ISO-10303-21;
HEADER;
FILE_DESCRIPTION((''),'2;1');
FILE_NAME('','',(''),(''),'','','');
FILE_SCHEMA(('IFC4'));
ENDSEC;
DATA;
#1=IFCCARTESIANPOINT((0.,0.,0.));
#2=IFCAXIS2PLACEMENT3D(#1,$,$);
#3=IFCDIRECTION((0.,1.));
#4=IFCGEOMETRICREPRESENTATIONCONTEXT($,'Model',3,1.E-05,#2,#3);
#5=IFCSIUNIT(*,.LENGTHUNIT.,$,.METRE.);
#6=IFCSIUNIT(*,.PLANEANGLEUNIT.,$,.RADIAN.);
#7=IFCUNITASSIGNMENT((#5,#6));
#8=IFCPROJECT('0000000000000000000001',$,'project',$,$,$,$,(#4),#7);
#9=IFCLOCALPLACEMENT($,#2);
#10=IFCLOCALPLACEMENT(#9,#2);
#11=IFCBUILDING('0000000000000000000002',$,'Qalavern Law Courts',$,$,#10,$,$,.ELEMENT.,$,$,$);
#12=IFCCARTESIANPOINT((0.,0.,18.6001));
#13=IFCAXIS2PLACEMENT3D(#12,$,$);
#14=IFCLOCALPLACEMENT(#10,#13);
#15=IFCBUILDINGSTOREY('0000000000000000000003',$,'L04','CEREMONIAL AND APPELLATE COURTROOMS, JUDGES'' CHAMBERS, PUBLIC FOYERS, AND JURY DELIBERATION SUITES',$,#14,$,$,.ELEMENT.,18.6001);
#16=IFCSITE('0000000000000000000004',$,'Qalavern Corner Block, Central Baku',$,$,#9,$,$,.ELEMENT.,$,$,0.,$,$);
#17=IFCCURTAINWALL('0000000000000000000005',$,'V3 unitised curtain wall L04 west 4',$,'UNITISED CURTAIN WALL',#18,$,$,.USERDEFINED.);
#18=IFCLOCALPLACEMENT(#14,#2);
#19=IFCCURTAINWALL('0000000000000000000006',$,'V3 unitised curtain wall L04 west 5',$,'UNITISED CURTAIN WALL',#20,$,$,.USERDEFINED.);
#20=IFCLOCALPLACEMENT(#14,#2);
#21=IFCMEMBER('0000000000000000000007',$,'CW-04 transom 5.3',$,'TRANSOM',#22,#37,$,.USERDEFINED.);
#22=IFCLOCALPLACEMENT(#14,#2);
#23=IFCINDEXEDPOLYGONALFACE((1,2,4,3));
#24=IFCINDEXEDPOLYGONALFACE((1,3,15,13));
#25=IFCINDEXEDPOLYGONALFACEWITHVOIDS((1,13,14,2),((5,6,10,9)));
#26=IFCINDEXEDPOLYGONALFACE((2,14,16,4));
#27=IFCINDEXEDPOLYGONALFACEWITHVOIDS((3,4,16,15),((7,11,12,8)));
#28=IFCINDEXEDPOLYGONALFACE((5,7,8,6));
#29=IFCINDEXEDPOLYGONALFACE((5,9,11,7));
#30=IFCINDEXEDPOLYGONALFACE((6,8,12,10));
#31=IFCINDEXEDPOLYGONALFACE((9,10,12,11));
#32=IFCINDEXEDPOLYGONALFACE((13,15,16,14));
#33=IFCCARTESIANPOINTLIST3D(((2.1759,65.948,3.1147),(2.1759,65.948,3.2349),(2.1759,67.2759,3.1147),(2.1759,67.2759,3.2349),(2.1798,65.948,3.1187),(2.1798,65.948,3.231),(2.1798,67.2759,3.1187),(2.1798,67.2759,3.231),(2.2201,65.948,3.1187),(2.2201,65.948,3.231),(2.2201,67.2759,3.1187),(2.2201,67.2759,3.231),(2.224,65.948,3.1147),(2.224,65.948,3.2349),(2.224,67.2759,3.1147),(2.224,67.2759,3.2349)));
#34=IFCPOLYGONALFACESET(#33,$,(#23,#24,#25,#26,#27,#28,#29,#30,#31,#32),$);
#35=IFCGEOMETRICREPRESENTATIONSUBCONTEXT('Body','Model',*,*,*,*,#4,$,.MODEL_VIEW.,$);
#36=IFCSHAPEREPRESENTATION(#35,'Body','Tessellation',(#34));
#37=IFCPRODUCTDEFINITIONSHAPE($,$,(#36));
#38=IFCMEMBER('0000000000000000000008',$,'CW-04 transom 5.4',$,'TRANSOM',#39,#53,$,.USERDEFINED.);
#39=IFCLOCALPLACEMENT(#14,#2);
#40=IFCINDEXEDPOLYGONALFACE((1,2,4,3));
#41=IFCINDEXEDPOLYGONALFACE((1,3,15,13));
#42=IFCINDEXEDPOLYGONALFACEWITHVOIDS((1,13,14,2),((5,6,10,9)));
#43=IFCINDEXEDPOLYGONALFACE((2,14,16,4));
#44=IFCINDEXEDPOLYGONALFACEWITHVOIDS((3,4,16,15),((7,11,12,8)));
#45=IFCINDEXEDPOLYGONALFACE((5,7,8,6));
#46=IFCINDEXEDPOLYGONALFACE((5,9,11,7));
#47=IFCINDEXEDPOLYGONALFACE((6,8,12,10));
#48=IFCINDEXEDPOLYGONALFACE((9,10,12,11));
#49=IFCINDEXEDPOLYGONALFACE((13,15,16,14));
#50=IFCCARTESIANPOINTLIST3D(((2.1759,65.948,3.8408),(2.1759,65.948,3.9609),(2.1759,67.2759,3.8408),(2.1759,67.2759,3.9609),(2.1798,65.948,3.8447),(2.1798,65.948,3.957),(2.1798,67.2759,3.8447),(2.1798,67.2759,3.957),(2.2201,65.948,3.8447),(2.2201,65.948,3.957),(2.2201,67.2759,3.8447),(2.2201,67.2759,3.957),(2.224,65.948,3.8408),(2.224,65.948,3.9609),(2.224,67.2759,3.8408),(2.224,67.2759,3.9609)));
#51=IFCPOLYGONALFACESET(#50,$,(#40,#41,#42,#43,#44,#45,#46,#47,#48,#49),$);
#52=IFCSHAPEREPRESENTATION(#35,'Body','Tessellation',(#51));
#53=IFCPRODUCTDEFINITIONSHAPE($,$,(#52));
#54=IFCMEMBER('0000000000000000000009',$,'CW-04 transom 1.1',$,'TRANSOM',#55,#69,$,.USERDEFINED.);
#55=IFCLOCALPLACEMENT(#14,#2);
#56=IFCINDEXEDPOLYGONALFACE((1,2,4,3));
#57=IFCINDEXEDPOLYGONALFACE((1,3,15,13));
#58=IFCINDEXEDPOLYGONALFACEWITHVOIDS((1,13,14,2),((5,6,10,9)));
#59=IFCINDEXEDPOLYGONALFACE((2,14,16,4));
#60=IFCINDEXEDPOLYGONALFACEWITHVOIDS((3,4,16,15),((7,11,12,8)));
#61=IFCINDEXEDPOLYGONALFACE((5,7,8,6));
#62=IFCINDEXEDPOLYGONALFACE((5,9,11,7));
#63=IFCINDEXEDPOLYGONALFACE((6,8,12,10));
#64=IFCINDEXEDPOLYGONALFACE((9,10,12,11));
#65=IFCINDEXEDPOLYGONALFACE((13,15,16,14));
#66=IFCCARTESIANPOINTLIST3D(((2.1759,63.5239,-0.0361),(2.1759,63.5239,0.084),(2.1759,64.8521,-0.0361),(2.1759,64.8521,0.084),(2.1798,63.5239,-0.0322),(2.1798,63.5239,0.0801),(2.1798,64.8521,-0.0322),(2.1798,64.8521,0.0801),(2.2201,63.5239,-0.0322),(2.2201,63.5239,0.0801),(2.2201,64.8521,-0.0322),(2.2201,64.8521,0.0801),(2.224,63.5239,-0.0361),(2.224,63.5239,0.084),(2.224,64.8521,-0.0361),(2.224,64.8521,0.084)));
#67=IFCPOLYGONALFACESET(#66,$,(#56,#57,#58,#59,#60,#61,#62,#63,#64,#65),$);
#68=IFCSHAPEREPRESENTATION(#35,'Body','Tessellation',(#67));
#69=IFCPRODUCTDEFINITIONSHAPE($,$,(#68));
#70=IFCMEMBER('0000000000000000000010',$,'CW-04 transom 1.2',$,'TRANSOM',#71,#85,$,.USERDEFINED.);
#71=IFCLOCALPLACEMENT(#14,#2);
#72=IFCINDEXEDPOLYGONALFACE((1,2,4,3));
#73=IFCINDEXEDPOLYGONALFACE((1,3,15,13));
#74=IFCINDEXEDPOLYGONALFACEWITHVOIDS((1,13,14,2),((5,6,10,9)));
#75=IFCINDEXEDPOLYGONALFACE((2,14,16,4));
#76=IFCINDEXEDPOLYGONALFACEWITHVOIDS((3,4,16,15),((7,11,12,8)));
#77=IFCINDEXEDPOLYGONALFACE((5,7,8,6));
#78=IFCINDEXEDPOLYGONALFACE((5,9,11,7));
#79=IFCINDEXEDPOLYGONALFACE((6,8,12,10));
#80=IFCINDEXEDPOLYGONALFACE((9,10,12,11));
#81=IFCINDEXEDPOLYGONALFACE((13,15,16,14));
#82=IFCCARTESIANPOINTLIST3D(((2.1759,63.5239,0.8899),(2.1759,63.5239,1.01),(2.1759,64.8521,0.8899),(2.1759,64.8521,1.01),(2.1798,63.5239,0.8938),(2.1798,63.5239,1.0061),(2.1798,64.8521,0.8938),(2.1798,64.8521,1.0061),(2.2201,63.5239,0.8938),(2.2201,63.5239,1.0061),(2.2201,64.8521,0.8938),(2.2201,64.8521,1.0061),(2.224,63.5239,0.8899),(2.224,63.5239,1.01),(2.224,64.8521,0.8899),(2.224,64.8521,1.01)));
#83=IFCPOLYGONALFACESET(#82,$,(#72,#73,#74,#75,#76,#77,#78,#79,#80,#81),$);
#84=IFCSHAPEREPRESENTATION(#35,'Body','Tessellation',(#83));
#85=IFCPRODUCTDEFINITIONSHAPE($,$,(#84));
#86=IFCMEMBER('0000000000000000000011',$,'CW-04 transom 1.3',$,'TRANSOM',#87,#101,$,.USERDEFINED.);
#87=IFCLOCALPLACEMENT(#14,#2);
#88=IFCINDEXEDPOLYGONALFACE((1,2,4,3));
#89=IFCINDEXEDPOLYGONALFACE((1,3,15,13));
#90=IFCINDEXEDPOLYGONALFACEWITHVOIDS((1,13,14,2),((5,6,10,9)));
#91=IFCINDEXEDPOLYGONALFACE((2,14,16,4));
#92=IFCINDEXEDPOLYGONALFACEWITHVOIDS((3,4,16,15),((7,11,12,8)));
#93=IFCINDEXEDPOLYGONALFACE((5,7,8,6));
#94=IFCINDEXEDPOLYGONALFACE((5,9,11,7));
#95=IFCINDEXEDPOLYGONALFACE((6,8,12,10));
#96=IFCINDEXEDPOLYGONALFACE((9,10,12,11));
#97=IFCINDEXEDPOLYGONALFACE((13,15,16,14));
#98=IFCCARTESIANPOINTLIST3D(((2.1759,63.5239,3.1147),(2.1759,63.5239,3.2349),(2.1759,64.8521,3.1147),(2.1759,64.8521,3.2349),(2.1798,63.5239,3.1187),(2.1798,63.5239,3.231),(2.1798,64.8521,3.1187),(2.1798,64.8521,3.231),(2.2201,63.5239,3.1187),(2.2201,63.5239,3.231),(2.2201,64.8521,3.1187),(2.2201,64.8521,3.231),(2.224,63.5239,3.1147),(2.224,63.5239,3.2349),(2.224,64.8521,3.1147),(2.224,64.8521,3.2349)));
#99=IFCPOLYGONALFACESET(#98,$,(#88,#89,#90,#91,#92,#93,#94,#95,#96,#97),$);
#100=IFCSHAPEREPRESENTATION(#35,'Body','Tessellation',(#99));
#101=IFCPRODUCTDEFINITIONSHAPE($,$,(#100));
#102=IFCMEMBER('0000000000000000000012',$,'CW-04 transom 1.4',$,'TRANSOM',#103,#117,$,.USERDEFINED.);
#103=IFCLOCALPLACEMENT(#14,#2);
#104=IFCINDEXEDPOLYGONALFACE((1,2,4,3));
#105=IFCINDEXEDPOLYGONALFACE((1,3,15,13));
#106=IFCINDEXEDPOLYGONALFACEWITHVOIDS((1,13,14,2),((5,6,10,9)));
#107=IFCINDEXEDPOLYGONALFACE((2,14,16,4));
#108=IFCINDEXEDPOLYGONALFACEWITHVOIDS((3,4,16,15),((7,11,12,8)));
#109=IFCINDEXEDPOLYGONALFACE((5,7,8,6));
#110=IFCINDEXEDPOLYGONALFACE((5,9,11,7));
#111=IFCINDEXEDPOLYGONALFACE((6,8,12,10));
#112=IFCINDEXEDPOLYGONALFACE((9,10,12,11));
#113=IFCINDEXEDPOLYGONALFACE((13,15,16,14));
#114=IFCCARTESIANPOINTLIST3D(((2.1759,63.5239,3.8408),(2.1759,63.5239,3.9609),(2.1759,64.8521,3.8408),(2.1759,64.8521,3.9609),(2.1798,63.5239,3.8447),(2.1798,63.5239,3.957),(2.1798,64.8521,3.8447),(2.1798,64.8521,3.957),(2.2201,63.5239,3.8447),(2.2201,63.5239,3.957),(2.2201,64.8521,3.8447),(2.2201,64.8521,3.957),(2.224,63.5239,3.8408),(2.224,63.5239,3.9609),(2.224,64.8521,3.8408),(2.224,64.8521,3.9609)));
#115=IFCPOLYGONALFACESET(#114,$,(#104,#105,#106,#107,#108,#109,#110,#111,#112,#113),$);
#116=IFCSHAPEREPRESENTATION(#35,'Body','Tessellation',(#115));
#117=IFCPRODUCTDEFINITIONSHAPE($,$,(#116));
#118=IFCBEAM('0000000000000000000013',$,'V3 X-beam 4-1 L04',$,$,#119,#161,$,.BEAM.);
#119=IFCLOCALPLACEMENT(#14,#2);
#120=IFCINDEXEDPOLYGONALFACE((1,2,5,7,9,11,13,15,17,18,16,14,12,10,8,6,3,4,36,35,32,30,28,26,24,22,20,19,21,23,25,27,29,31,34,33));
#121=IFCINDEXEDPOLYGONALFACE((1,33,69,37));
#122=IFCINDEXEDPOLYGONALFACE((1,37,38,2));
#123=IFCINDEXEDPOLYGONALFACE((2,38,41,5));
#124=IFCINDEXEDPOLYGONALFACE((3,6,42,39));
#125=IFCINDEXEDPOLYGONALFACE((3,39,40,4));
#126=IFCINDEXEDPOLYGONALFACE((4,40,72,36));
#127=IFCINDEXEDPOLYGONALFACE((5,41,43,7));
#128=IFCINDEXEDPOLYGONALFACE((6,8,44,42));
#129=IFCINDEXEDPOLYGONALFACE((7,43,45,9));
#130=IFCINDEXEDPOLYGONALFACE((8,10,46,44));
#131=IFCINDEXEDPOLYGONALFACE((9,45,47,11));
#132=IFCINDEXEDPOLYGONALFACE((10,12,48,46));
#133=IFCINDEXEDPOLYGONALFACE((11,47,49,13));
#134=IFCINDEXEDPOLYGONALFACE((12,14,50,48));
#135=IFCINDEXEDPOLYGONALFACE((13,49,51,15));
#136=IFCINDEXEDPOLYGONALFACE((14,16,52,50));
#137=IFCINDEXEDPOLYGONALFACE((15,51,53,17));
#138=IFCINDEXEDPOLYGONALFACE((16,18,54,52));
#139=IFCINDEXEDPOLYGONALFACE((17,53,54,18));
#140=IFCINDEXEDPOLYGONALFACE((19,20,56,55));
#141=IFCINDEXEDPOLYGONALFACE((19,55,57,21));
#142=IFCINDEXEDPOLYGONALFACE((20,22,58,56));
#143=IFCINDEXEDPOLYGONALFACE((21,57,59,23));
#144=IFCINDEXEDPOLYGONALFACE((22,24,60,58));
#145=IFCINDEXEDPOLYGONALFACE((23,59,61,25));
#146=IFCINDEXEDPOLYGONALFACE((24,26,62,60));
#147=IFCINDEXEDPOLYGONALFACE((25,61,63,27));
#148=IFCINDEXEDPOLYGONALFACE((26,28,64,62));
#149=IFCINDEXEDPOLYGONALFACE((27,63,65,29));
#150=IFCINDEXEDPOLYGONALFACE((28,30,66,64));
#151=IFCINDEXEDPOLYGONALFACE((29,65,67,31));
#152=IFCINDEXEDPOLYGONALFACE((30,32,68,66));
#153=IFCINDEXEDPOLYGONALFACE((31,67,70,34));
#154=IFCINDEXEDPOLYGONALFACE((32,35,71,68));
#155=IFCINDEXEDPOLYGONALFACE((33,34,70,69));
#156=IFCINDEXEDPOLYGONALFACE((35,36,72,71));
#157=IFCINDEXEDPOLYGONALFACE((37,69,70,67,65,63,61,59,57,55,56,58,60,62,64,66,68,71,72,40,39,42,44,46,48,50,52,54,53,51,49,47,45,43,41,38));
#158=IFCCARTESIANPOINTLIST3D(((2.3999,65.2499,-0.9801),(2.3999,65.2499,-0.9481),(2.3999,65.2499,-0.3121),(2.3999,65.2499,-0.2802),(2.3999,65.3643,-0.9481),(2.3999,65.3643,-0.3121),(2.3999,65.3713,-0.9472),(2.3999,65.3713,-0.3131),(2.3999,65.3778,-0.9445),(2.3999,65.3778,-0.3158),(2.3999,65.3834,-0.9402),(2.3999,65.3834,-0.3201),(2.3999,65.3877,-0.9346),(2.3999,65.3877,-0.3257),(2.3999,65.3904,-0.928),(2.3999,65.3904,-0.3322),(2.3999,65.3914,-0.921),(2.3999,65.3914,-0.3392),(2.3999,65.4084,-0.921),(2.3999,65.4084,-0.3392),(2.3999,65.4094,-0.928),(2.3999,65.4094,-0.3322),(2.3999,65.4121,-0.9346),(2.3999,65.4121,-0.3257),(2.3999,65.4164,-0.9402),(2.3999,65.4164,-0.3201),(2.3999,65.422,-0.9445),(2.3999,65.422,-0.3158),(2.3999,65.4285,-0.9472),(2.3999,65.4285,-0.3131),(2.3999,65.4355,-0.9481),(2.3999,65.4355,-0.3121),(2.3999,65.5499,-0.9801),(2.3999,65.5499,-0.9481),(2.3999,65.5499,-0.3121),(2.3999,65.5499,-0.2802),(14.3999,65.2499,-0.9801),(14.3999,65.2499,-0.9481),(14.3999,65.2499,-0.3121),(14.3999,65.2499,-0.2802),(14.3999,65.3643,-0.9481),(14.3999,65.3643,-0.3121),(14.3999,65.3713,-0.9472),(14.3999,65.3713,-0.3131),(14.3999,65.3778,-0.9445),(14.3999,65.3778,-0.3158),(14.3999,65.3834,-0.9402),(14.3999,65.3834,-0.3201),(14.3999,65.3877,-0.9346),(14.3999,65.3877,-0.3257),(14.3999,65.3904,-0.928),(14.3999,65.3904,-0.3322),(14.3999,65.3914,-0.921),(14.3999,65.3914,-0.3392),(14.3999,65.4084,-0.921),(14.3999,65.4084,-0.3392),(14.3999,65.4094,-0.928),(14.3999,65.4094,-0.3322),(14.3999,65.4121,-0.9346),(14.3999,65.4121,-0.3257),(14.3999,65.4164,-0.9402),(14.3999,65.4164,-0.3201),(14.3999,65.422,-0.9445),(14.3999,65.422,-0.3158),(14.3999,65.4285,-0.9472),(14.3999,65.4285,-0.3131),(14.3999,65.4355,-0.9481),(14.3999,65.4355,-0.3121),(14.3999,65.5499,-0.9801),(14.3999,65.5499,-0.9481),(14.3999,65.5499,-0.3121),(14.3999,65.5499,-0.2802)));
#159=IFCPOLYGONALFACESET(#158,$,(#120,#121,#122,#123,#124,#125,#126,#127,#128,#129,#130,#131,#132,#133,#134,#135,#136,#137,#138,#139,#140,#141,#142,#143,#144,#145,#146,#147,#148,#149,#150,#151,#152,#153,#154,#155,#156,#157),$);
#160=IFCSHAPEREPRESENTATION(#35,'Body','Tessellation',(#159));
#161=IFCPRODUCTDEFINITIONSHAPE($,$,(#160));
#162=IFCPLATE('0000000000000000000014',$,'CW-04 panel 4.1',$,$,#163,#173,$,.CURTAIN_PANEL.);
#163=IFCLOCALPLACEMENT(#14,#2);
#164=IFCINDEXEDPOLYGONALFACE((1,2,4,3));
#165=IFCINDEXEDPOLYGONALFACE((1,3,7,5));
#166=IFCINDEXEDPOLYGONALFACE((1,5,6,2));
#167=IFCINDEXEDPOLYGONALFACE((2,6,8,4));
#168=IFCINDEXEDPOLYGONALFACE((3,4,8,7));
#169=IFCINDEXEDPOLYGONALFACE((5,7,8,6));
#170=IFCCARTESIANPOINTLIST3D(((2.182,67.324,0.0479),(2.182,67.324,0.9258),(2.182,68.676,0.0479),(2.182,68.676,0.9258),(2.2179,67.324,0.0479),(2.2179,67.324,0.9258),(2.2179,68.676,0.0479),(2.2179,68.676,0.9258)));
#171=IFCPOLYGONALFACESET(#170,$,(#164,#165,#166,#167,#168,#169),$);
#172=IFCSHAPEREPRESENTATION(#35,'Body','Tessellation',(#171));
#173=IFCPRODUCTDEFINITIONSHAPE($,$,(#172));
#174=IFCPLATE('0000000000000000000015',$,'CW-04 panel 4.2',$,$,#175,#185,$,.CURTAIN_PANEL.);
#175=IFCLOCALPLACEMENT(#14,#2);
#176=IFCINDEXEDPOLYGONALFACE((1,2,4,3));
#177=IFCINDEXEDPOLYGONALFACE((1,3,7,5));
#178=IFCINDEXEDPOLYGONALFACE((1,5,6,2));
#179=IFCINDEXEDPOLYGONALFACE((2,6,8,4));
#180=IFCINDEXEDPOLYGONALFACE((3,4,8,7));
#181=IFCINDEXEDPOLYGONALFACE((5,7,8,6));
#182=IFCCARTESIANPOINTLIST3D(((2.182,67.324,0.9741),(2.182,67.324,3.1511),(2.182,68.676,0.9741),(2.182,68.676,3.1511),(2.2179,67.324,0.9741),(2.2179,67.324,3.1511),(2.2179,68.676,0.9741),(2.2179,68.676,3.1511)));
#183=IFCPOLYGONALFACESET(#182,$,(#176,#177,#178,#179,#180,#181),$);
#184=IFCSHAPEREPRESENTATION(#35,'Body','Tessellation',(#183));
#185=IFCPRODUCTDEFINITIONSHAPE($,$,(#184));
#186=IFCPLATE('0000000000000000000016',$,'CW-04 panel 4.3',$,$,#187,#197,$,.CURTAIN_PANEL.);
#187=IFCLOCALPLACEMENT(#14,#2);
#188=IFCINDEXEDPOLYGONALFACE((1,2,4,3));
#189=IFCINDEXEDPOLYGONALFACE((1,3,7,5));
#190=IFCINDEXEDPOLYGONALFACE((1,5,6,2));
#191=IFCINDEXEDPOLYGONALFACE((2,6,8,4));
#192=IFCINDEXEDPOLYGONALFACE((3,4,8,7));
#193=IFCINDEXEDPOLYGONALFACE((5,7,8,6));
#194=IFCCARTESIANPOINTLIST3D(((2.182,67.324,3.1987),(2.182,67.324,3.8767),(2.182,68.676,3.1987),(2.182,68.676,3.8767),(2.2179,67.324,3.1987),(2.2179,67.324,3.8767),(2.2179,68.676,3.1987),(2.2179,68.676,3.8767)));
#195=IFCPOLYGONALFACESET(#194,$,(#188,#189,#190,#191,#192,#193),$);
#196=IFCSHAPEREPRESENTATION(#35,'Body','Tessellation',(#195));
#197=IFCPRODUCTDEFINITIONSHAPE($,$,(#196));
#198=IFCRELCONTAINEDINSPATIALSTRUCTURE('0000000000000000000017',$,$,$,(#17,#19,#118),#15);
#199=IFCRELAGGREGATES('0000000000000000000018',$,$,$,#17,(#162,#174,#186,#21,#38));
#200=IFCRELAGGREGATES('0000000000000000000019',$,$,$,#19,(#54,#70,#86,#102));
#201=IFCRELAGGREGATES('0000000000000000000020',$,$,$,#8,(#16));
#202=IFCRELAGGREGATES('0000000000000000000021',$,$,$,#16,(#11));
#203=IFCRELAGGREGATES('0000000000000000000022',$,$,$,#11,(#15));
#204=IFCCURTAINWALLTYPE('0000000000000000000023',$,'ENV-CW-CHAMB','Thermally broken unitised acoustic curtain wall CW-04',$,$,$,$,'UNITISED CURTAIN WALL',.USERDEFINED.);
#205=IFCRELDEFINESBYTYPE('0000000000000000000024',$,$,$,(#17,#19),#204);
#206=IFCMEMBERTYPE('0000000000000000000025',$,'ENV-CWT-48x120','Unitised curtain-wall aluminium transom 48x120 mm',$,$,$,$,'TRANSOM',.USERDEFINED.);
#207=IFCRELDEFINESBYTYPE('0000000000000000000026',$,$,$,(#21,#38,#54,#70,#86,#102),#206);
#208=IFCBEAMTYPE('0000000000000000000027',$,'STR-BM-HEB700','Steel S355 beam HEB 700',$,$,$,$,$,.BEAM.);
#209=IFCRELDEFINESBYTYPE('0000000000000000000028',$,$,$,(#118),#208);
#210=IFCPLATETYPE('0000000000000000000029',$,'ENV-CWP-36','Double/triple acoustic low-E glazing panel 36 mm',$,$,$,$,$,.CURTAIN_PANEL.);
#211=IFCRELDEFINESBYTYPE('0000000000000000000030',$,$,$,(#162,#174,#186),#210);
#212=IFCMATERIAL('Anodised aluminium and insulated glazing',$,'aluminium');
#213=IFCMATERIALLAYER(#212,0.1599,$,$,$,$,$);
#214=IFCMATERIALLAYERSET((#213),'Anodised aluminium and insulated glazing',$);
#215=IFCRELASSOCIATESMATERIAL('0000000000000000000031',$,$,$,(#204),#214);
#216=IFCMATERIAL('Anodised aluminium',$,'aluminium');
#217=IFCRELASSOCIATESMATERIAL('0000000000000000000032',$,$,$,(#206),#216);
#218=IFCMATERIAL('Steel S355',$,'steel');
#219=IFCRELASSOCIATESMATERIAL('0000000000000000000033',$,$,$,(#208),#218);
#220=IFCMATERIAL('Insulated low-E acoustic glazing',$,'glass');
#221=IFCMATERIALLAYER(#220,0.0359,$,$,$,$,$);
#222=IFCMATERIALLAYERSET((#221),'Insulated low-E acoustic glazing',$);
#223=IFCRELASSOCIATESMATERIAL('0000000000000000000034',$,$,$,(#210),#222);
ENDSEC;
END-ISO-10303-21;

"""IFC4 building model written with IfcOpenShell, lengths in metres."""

from ifc_helpers import new_model, si_unit, direction, frame, origin, origin_2d, place, context, subcontext, project, spatial, rectangle, hollow_rectangle, i_section, extrude, material, layer, layer_set, material_profile, profile_set, type_object, element, aggregate, save


model = new_model("IFC4")

# Units and contexts
model_context = context("Model", 3, precision=1e-05, world=origin(), true_north=direction((0.0, 1.0)))
body_context = subcontext(model_context, "Body", "Model", "MODEL_VIEW")
ifc_project = project(units=[si_unit("LENGTHUNIT", "METRE"), si_unit("PLANEANGLEUNIT", "RADIAN")], contexts=[model_context])

# Site, building, storey
site_placement = place(None, origin())
site = spatial("IfcSite", under=ifc_project, at=site_placement, Name="Qalavern Corner Block, Central Baku", CompositionType="ELEMENT", RefElevation=0.0)
building_placement = place(site_placement, origin())
building = spatial("IfcBuilding", under=site, at=building_placement, Name="Qalavern Law Courts", CompositionType="ELEMENT")
storey_placement = place(building_placement, frame((0.0, 0.0, 18.6001)))
storey = spatial("IfcBuildingStorey", under=building, at=storey_placement, Name="L04", Description="CEREMONIAL AND APPELLATE COURTROOMS, JUDGES' CHAMBERS, PUBLIC FOYERS, AND JURY DELIBERATION SUITES", CompositionType="ELEMENT", Elevation=18.6001)

# Curtain wall
ifc_material_1 = material(Name="Anodised aluminium and insulated glazing", Category="aluminium")
ifc_layer_1 = layer(ifc_material_1, 0.1599)
ifc_layer_set_1 = layer_set([ifc_layer_1], Name="Anodised aluminium and insulated glazing")
curtain_wall_type = type_object("IfcCurtainWallType", Name="ENV-CW-CHAMB", Description="Thermally broken unitised acoustic curtain wall CW-04", ElementType="UNITISED CURTAIN WALL", PredefinedType="USERDEFINED", material=ifc_layer_set_1)
curtain_wall_1_placement = place(storey_placement, origin())
curtain_wall_1 = element("IfcCurtainWall", 1, at=curtain_wall_1_placement, inside=storey, type_object=curtain_wall_type, Name="V3 unitised curtain wall L04 west 4", ObjectType="UNITISED CURTAIN WALL", PredefinedType="USERDEFINED")
ifc_material_2 = material(Name="Anodised aluminium", Category="aluminium")

# Curtain wall
curtain_wall_2_placement = place(storey_placement, origin())
curtain_wall_2 = element("IfcCurtainWall", 2, at=curtain_wall_2_placement, inside=storey, type_object=curtain_wall_type, Name="V3 unitised curtain wall L04 west 5", ObjectType="UNITISED CURTAIN WALL", PredefinedType="USERDEFINED")

# Members
ifc_material_profile_1 = material_profile(ifc_material_2, hollow_rectangle(XDim=0.0481, YDim=0.1201, WallThickness=0.0039, at=origin_2d()), Name="ALU TRANSOM 48x120")
ifc_profile_set_1 = profile_set([ifc_material_profile_1], Name="Anodised aluminium")
member_type_1 = type_object("IfcMemberType", Name="ENV-CWT-48x120", Description="Unitised curtain-wall aluminium transom 48x120 mm", ElementType="TRANSOM", PredefinedType="USERDEFINED", material=ifc_profile_set_1)
member_1_placement = place(storey_placement, frame((2.2, 67.2759, 3.1748), z_axis=(0.0, -1.0, 0.0), x_axis=(1.0, 0.0, 0.0)))
member_1 = element("IfcMember", 3, at=member_1_placement, type_object=member_type_1, Name="CW-04 transom 5.3", ObjectType="TRANSOM", PredefinedType="USERDEFINED", context=body_context, shape_type="SweptSolid", body=[
    extrude(hollow_rectangle(XDim=0.0481, YDim=0.1201, WallThickness=0.0039, at=origin_2d()), origin(), (0.0, 0.0, 1.0), 1.3279),
])
member_2_placement = place(storey_placement, frame((2.2, 67.2759, 3.9009), z_axis=(0.0, -1.0, 0.0), x_axis=(1.0, 0.0, 0.0)))
member_2 = element("IfcMember", 4, at=member_2_placement, type_object=member_type_1, Name="CW-04 transom 5.4", ObjectType="TRANSOM", PredefinedType="USERDEFINED", context=body_context, shape_type="SweptSolid", body=[
    extrude(hollow_rectangle(XDim=0.0481, YDim=0.1201, WallThickness=0.0039, at=origin_2d()), origin(), (0.0, 0.0, 1.0), 1.3279),
])
member_3_placement = place(storey_placement, frame((2.2, 64.8521, 0.0239), z_axis=(0.0, -1.0, 0.0), x_axis=(1.0, 0.0, 0.0)))
member_3 = element("IfcMember", 5, at=member_3_placement, type_object=member_type_1, Name="CW-04 transom 1.1", ObjectType="TRANSOM", PredefinedType="USERDEFINED", context=body_context, shape_type="SweptSolid", body=[
    extrude(hollow_rectangle(XDim=0.0481, YDim=0.1201, WallThickness=0.0039, at=origin_2d()), origin(), (0.0, 0.0, 1.0), 1.3281),
])
member_4_placement = place(storey_placement, frame((2.2, 64.8521, 0.95), z_axis=(0.0, -1.0, 0.0), x_axis=(1.0, 0.0, 0.0)))
member_4 = element("IfcMember", 6, at=member_4_placement, type_object=member_type_1, Name="CW-04 transom 1.2", ObjectType="TRANSOM", PredefinedType="USERDEFINED", context=body_context, shape_type="SweptSolid", body=[
    extrude(hollow_rectangle(XDim=0.0481, YDim=0.1201, WallThickness=0.0039, at=origin_2d()), origin(), (0.0, 0.0, 1.0), 1.3281),
])
member_5_placement = place(storey_placement, frame((2.2, 64.8521, 3.1748), z_axis=(0.0, -1.0, 0.0), x_axis=(1.0, 0.0, 0.0)))
member_5 = element("IfcMember", 7, at=member_5_placement, type_object=member_type_1, Name="CW-04 transom 1.3", ObjectType="TRANSOM", PredefinedType="USERDEFINED", context=body_context, shape_type="SweptSolid", body=[
    extrude(hollow_rectangle(XDim=0.0481, YDim=0.1201, WallThickness=0.0039, at=origin_2d()), origin(), (0.0, 0.0, 1.0), 1.3281),
])
member_6_placement = place(storey_placement, frame((2.2, 64.8521, 3.9009), z_axis=(0.0, -1.0, 0.0), x_axis=(1.0, 0.0, 0.0)))
member_6 = element("IfcMember", 8, at=member_6_placement, type_object=member_type_1, Name="CW-04 transom 1.4", ObjectType="TRANSOM", PredefinedType="USERDEFINED", context=body_context, shape_type="SweptSolid", body=[
    extrude(hollow_rectangle(XDim=0.0481, YDim=0.1201, WallThickness=0.0039, at=origin_2d()), origin(), (0.0, 0.0, 1.0), 1.3281),
])

# Beam
ifc_material_3 = material(Name="Steel S355", Category="steel")
ifc_material_profile_2 = material_profile(ifc_material_3, i_section(OverallWidth=0.3, OverallDepth=0.7, WebThickness=0.0171, FlangeThickness=0.032, FilletRadius=0.0271, at=origin_2d()), Name="HEB 700")
ifc_profile_set_2 = profile_set([ifc_material_profile_2], Name="Steel S355")
beam_type = type_object("IfcBeamType", Name="STR-BM-HEB700", Description="Steel S355 beam HEB 700", PredefinedType="BEAM", material=ifc_profile_set_2)
beam_placement = place(storey_placement, frame((2.3999, 65.3999, -0.6301), z_axis=(1.0, 0.0, 0.0), x_axis=(0.0, 1.0, 0.0)))
element("IfcBeam", 9, at=beam_placement, inside=storey, type_object=beam_type, Name="V3 X-beam 4-1 L04", PredefinedType="BEAM", context=body_context, shape_type="SweptSolid", body=[
    extrude(i_section(OverallWidth=0.3, OverallDepth=0.7, WebThickness=0.0171, FlangeThickness=0.032, FilletRadius=0.0271, at=origin_2d()), origin(), (0.0, 0.0, 1.0), 12.0),
])

# Plates
ifc_material_4 = material(Name="Insulated low-E acoustic glazing", Category="glass")
ifc_layer_2 = layer(ifc_material_4, 0.0359)
ifc_layer_set_2 = layer_set([ifc_layer_2], Name="Insulated low-E acoustic glazing")
plate_type_1 = type_object("IfcPlateType", Name="ENV-CWP-36", Description="Double/triple acoustic low-E glazing panel 36 mm", PredefinedType="CURTAIN_PANEL", material=ifc_layer_set_2)
plate_1_placement = place(storey_placement, frame((2.2, 68.0, 0.0479), z_axis=(0.0, 0.0, 1.0), x_axis=(0.0, -1.0, 0.0)))
plate_1 = element("IfcPlate", 10, at=plate_1_placement, type_object=plate_type_1, Name="CW-04 panel 4.1", PredefinedType="CURTAIN_PANEL", context=body_context, shape_type="SweptSolid", body=[
    extrude(rectangle(XDim=1.3521, YDim=0.0359, at=origin_2d()), origin(), (0.0, 0.0, 1.0), 0.8779),
])
plate_2_placement = place(storey_placement, frame((2.2, 68.0, 0.9741), z_axis=(0.0, 0.0, 1.0), x_axis=(0.0, -1.0, 0.0)))
plate_2 = element("IfcPlate", 11, at=plate_2_placement, type_object=plate_type_1, Name="CW-04 panel 4.2", PredefinedType="CURTAIN_PANEL", context=body_context, shape_type="SweptSolid", body=[
    extrude(rectangle(XDim=1.3521, YDim=0.0359, at=origin_2d()), origin(), (0.0, 0.0, 1.0), 2.177),
])
plate_3_placement = place(storey_placement, frame((2.2, 68.0, 3.1987), z_axis=(0.0, 0.0, 1.0), x_axis=(0.0, -1.0, 0.0)))
plate_3 = element("IfcPlate", 12, at=plate_3_placement, type_object=plate_type_1, Name="CW-04 panel 4.3", PredefinedType="CURTAIN_PANEL", context=body_context, shape_type="SweptSolid", body=[
    extrude(rectangle(XDim=1.3521, YDim=0.0359, at=origin_2d()), origin(), (0.0, 0.0, 1.0), 0.678),
])
aggregate(curtain_wall_1, [plate_1, plate_2, plate_3, member_1, member_2])
aggregate(curtain_wall_2, [member_3, member_4, member_5, member_6])

save(model, "model.ifc")
